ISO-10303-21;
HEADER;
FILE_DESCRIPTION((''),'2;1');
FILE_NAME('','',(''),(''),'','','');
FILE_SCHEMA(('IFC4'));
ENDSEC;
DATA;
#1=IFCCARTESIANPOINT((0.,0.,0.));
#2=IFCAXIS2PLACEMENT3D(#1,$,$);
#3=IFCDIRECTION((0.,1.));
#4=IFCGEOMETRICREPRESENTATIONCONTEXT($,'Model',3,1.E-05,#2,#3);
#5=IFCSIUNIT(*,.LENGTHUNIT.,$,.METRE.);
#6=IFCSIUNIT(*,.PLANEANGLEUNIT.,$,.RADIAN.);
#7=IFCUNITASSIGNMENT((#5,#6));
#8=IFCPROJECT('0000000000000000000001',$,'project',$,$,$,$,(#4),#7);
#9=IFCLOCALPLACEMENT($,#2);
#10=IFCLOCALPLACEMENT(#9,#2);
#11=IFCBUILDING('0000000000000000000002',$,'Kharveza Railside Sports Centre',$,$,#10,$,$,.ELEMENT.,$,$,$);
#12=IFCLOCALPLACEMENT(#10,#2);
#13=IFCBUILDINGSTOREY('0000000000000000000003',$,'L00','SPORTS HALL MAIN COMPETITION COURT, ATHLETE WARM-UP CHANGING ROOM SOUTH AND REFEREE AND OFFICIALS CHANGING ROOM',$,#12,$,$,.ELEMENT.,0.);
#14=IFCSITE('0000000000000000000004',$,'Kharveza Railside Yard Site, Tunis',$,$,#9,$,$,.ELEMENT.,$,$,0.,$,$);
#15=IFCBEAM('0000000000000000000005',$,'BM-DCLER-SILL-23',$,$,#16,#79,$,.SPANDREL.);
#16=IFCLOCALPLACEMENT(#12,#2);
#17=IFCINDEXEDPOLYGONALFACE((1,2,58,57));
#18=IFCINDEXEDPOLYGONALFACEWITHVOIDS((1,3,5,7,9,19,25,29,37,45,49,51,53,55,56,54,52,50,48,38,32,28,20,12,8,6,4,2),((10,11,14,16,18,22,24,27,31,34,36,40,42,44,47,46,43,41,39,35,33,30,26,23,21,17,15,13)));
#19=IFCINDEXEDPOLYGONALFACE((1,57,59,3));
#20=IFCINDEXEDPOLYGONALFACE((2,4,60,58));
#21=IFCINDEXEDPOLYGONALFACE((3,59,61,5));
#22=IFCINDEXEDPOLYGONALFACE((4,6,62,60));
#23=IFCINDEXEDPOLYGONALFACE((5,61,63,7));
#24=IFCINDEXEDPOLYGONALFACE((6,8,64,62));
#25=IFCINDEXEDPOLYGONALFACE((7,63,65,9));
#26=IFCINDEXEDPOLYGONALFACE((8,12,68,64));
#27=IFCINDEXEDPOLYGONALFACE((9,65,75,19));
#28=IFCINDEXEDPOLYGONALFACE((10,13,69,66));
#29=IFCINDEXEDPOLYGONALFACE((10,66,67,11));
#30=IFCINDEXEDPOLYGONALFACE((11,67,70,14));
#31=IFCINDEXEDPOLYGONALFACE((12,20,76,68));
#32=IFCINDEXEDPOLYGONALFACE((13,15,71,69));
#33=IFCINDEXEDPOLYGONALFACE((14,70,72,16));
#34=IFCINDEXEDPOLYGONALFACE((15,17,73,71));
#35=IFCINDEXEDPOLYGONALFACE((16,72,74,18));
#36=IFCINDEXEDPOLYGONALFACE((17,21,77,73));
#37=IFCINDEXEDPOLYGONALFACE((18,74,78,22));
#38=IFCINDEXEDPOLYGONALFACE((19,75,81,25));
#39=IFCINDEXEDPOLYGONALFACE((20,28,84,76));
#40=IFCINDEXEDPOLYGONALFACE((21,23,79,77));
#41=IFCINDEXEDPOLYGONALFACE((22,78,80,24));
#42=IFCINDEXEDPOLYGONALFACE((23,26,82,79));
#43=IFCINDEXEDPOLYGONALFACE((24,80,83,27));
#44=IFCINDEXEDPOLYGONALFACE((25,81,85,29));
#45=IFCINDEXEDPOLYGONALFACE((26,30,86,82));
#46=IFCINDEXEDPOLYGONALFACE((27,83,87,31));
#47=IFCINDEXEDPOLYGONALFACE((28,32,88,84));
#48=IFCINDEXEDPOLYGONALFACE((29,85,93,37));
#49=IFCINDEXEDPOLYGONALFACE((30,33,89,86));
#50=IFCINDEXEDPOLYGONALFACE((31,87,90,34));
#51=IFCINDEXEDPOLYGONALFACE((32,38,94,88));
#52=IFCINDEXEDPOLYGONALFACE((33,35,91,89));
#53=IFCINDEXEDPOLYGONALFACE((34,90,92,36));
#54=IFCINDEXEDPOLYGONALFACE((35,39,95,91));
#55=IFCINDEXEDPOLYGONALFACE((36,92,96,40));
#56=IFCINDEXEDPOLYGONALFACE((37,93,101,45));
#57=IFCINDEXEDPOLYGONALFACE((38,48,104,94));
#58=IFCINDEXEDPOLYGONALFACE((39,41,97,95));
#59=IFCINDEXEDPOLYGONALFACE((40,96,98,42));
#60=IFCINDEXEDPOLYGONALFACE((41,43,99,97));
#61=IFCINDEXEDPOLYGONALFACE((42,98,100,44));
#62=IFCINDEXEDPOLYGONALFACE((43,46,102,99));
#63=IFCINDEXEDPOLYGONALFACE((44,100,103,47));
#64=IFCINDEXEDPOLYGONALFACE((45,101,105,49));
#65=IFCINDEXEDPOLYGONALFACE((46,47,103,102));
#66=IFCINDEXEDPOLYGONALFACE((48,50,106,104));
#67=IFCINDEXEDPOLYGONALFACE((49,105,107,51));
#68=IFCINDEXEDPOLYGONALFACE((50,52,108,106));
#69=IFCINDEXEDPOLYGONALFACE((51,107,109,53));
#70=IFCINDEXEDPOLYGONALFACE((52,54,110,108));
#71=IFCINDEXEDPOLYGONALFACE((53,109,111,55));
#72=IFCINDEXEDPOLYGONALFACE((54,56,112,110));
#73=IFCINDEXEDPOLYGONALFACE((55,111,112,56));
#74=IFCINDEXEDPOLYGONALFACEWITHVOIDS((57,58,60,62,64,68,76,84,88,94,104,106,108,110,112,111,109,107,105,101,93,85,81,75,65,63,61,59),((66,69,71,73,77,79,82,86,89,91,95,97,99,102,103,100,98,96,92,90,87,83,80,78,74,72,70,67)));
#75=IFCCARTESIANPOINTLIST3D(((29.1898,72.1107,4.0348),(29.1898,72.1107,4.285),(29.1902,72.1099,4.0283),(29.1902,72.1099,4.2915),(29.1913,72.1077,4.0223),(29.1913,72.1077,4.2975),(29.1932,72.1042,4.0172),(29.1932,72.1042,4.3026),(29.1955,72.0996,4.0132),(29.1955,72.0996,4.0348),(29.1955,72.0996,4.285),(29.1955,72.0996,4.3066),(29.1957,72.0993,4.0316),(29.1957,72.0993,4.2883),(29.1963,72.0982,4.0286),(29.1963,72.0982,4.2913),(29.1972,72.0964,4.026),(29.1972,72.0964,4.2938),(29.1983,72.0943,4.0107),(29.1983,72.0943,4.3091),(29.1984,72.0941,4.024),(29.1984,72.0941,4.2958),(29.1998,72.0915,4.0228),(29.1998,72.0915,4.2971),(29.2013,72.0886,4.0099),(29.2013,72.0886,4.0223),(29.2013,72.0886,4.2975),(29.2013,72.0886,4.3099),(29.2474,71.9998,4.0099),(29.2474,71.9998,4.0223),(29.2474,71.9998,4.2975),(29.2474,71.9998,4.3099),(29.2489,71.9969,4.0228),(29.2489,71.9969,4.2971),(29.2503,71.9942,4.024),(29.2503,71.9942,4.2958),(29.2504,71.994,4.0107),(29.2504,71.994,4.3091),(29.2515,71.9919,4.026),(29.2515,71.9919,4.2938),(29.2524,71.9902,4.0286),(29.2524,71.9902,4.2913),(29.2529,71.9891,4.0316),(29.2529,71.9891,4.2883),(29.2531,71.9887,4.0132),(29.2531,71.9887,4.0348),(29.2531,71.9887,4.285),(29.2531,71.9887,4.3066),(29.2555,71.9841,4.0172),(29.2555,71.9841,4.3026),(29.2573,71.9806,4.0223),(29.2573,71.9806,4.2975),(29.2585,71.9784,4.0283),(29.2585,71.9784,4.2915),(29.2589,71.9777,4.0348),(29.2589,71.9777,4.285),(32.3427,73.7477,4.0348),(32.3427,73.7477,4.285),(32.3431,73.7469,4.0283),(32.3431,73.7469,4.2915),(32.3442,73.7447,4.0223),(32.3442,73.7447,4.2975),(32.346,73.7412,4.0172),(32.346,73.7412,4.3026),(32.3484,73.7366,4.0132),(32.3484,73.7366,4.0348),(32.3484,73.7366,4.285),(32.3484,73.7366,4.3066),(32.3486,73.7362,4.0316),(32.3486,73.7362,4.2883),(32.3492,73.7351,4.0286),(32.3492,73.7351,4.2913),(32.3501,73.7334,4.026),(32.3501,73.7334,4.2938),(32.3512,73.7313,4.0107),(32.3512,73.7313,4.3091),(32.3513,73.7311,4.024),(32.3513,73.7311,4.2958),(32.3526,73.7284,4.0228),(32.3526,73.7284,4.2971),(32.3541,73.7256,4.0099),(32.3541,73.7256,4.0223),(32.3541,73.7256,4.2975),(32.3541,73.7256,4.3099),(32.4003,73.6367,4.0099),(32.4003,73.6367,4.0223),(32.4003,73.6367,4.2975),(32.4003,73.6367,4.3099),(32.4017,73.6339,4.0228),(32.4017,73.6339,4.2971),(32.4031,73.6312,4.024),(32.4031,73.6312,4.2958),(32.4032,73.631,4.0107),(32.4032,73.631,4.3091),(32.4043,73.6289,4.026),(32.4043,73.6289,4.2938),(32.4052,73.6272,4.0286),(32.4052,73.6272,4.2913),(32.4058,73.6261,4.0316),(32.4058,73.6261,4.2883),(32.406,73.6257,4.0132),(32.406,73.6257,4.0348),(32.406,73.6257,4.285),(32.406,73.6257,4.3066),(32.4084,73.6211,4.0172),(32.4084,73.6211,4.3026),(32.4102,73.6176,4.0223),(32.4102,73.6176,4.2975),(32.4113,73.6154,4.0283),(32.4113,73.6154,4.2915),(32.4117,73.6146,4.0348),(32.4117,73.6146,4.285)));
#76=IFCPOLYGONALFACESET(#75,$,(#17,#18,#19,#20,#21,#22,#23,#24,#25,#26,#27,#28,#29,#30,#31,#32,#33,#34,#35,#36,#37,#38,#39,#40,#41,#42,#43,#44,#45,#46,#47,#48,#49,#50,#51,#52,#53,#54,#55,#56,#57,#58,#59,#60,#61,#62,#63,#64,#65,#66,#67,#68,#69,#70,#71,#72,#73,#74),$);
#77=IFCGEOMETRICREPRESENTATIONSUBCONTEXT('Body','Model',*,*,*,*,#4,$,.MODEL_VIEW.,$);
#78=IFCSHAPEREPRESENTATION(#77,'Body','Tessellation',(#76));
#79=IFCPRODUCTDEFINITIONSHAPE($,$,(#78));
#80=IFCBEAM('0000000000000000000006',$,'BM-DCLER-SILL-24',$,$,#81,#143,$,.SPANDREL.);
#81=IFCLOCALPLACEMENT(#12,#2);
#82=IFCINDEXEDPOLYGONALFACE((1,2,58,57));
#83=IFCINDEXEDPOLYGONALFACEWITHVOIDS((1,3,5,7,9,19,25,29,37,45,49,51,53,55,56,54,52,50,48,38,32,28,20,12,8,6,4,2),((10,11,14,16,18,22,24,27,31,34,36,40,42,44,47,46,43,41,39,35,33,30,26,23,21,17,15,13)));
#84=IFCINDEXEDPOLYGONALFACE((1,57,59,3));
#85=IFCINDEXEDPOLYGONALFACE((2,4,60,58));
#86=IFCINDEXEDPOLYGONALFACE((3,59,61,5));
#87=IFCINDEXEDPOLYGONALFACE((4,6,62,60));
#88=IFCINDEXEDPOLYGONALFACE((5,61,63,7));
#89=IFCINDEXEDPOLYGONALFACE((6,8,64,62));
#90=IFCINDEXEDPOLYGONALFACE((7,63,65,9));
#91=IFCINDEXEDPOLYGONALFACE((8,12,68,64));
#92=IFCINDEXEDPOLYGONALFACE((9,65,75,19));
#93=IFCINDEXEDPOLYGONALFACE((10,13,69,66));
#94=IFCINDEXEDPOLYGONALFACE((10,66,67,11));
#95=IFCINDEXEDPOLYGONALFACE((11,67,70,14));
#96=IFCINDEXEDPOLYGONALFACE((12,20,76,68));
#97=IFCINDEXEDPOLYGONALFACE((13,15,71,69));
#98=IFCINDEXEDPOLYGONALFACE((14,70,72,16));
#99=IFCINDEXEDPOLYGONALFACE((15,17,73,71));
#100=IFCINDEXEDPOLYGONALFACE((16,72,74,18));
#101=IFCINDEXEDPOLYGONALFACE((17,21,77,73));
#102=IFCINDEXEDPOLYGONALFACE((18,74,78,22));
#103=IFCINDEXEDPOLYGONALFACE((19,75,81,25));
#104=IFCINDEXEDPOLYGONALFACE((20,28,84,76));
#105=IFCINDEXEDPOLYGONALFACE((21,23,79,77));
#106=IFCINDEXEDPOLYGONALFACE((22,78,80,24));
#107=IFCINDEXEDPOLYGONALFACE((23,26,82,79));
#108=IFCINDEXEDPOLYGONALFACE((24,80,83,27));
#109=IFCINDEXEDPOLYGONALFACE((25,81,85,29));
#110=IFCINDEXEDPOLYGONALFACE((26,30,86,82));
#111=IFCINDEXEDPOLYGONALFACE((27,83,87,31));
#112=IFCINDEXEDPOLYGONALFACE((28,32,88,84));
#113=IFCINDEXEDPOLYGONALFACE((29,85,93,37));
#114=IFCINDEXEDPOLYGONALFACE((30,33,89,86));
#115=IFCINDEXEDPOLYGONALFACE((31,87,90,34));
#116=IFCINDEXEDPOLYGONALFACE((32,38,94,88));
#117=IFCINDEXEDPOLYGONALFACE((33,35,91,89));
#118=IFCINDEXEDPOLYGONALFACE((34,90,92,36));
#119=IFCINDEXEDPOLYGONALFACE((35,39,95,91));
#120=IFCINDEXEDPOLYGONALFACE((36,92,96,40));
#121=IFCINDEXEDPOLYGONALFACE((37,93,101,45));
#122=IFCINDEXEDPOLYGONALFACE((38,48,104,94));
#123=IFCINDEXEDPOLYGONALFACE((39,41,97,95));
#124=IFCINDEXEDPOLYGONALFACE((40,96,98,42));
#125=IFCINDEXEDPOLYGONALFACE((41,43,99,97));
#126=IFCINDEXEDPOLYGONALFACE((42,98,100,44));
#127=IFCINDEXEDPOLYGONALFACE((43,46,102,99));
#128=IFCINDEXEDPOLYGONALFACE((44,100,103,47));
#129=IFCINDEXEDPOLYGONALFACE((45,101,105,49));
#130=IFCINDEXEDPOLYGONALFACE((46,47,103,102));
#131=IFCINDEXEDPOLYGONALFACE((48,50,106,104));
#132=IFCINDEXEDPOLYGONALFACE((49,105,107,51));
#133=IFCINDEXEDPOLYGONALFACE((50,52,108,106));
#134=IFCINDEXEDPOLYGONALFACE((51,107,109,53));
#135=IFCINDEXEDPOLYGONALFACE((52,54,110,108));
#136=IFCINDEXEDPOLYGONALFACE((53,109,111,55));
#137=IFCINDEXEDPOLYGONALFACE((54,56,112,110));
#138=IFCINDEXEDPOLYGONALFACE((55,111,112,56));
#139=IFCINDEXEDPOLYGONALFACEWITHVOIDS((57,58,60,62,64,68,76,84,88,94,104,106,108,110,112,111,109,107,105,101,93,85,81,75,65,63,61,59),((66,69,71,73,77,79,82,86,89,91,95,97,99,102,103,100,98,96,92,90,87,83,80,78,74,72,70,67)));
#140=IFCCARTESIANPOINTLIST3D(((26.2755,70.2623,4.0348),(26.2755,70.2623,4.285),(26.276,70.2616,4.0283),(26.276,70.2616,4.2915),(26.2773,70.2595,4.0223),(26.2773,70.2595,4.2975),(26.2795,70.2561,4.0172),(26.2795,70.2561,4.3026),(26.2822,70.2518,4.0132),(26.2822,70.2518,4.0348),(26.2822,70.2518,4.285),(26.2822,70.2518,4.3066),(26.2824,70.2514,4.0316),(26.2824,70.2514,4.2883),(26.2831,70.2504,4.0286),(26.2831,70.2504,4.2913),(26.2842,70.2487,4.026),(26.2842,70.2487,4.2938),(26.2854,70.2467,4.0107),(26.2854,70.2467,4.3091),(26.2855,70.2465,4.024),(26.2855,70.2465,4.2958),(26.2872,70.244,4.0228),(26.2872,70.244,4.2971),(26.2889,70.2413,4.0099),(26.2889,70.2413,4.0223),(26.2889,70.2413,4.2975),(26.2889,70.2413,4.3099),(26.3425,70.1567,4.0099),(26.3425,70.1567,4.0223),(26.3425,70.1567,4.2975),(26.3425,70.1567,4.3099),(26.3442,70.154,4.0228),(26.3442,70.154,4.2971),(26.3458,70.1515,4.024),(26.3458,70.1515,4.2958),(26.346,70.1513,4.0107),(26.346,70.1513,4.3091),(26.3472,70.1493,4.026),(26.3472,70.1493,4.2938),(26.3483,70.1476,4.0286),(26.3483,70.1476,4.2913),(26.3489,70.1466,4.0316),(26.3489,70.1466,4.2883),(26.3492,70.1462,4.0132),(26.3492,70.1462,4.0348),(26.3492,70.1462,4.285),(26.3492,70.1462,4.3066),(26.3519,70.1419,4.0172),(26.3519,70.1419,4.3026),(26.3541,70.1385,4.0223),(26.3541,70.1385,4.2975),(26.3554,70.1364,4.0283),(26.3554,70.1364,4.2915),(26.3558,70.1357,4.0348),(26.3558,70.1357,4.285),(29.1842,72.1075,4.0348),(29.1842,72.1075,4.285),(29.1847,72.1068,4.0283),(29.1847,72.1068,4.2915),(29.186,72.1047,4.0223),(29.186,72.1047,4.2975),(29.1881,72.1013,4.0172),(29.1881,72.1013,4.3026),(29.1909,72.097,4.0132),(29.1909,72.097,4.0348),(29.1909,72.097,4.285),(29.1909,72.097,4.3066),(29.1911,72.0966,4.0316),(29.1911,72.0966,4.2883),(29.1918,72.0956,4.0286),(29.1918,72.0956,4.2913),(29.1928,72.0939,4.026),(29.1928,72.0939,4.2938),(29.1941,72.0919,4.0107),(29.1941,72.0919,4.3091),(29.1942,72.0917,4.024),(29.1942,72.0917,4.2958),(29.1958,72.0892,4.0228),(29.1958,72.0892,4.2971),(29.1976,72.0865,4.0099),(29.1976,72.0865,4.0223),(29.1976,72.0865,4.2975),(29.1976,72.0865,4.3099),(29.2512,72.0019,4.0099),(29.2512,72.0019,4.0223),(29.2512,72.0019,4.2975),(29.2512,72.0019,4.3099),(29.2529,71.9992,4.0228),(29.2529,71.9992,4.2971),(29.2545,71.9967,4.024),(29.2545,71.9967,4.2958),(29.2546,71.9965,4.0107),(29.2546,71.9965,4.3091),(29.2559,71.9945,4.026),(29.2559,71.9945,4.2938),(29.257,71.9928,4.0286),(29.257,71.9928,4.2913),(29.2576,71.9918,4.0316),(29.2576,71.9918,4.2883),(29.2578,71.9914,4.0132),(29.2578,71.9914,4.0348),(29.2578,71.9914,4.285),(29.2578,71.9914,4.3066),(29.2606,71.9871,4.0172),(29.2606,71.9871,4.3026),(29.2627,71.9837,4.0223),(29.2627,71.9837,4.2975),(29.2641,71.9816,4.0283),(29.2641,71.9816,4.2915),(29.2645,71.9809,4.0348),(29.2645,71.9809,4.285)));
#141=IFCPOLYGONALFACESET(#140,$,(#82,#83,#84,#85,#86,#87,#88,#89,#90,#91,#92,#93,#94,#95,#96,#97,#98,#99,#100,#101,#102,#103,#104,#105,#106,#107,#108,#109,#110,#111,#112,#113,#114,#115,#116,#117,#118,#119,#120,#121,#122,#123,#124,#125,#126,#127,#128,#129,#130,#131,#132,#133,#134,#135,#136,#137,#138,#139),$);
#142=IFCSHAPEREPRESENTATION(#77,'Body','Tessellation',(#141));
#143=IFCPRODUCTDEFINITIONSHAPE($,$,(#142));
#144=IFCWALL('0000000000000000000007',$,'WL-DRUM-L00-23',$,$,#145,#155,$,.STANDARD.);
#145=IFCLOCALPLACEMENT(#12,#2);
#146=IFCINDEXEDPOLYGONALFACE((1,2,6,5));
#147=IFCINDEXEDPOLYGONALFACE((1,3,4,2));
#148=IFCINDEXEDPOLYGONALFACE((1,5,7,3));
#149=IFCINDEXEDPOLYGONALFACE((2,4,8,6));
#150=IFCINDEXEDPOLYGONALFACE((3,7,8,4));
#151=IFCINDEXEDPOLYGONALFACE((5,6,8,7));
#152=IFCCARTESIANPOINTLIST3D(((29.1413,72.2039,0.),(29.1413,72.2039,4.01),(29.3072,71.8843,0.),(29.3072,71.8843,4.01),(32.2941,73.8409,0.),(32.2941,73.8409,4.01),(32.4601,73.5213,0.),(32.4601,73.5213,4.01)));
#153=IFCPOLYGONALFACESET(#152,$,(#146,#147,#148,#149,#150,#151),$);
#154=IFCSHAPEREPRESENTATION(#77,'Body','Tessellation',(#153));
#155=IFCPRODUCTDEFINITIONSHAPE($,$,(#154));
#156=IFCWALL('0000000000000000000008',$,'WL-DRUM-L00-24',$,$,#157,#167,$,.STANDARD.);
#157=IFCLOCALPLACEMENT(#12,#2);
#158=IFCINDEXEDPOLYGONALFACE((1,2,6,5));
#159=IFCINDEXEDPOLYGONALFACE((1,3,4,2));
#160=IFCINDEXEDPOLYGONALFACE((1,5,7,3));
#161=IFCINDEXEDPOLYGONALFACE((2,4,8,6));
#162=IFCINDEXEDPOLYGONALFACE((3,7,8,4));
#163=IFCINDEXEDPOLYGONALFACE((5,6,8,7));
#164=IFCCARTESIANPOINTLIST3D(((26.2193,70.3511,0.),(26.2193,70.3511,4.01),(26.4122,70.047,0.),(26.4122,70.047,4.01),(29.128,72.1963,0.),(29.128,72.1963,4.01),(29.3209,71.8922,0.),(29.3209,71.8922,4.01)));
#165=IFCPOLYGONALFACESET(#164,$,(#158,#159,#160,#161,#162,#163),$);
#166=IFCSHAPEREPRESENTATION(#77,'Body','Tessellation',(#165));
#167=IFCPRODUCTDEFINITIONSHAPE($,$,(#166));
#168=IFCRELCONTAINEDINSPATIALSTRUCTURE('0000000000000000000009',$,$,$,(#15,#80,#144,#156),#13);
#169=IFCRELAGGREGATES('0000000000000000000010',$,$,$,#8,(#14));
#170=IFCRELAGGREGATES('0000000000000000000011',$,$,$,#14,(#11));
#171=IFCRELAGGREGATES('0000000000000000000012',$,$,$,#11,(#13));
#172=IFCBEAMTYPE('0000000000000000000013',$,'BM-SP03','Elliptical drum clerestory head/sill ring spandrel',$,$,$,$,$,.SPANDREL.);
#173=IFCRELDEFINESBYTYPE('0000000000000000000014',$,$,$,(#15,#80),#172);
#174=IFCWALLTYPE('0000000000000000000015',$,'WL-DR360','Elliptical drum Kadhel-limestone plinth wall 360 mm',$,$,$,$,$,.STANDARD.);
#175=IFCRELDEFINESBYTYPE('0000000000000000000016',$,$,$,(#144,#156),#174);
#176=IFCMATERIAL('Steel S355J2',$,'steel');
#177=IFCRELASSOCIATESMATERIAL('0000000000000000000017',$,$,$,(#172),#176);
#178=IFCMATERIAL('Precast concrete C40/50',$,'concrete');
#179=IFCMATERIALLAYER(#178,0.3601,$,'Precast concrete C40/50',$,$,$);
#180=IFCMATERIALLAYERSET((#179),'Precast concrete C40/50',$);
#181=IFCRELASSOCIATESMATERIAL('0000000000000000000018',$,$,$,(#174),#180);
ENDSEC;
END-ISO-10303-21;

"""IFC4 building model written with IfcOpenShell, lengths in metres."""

from ifc_helpers import new_model, si_unit, direction, frame, frame_2d, origin, origin_2d, place, context, subcontext, project, spatial, rectangle, hollow_rectangle, extrude, material, layer, layer_set, material_profile, profile_set, type_object, element, save


model = new_model("IFC4")

# Units and contexts
model_context = context("Model", 3, precision=1e-05, world=origin(), true_north=direction((0.0, 1.0)))
body_context = subcontext(model_context, "Body", "Model", "MODEL_VIEW")
ifc_project = project(units=[si_unit("LENGTHUNIT", "METRE"), si_unit("PLANEANGLEUNIT", "RADIAN")], contexts=[model_context])

# Site, building, storey
site_placement = place(None, origin())
site = spatial("IfcSite", under=ifc_project, at=site_placement, Name="Kharveza Railside Yard Site, Tunis", CompositionType="ELEMENT", RefElevation=0.0)
building_placement = place(site_placement, origin())
building = spatial("IfcBuilding", under=site, at=building_placement, Name="Kharveza Railside Sports Centre", CompositionType="ELEMENT")
storey_placement = place(building_placement, origin())
storey = spatial("IfcBuildingStorey", under=building, at=storey_placement, Name="L00", Description="SPORTS HALL MAIN COMPETITION COURT, ATHLETE WARM-UP CHANGING ROOM SOUTH AND REFEREE AND OFFICIALS CHANGING ROOM", CompositionType="ELEMENT", Elevation=0.0)

# Shared definitions
ifc_material_1 = material(Name="Steel S355J2", Category="steel")

# Beams
ifc_material_2 = material(Name="Precast concrete C40/50", Category="concrete")
ifc_material_profile_1 = material_profile(ifc_material_1, hollow_rectangle(XDim=0.1499, YDim=0.3, WallThickness=0.0125, InnerFilletRadius=0.0125, OuterFilletRadius=0.0249, at=origin_2d()), Name="RHS 150x300x12.5")
ifc_profile_set_1 = profile_set([ifc_material_profile_1], Name="Steel S355J2")
beam_type_1 = type_object("IfcBeamType", Name="BM-SP03", Description="Elliptical drum clerestory head/sill ring spandrel", PredefinedType="SPANDREL", material=ifc_profile_set_1)
beam_1_placement = place(storey_placement, frame((32.3772, 73.6812, 4.1599), z_axis=(-0.887506, -0.460797, 0.0), x_axis=(0.460797, -0.887506, 0.0)))
element("IfcBeam", 1, at=beam_1_placement, inside=storey, type_object=beam_type_1, Name="BM-DCLER-SILL-23", PredefinedType="SPANDREL", context=body_context, shape_type="SweptSolid", body=[
    extrude(hollow_rectangle(XDim=0.1499, YDim=0.3, WallThickness=0.0125, InnerFilletRadius=0.0125, OuterFilletRadius=0.0249, at=origin_2d()), origin(), (0.0, 0.0, 1.0), 3.5525),
])
beam_2_placement = place(storey_placement, frame((29.2244, 72.0442, 4.1599), z_axis=(-0.844419, -0.535683, 0.0), x_axis=(0.535683, -0.844419, 0.0)))
element("IfcBeam", 2, at=beam_2_placement, inside=storey, type_object=beam_type_1, Name="BM-DCLER-SILL-24", PredefinedType="SPANDREL", context=body_context, shape_type="SweptSolid", body=[
    extrude(hollow_rectangle(XDim=0.1499, YDim=0.3, WallThickness=0.0125, InnerFilletRadius=0.0125, OuterFilletRadius=0.0249, at=origin_2d()), origin(), (0.0, 0.0, 1.0), 3.4446),
])

# Walls
ifc_layer_1 = layer(ifc_material_2, 0.3601, Name="Precast concrete C40/50")
ifc_layer_set_1 = layer_set([ifc_layer_1], Name="Precast concrete C40/50")
wall_type_1 = type_object("IfcWallType", Name="WL-DR360", Description="Elliptical drum Kadhel-limestone plinth wall 360 mm", PredefinedType="STANDARD", material=ifc_layer_set_1)
wall_1_placement = place(storey_placement, frame((32.3772, 73.6812, 0.0), z_axis=(0.0, 0.0, 1.0), x_axis=(-0.887506, -0.460797, 0.0)))
element("IfcWall", 3, at=wall_1_placement, inside=storey, type_object=wall_type_1, Name="WL-DRUM-L00-23", PredefinedType="STANDARD", context=body_context, shape_type="SweptSolid", body=[
    extrude(rectangle(XDim=3.5525, YDim=0.3601, at=frame_2d((1.7764, 0.0))), origin(), (0.0, 0.0, 1.0), 4.01),
])
wall_2_placement = place(storey_placement, frame((29.2244, 72.0442, 0.0), z_axis=(0.0, 0.0, 1.0), x_axis=(-0.844419, -0.535683, 0.0)))
element("IfcWall", 4, at=wall_2_placement, inside=storey, type_object=wall_type_1, Name="WL-DRUM-L00-24", PredefinedType="STANDARD", context=body_context, shape_type="SweptSolid", body=[
    extrude(rectangle(XDim=3.4446, YDim=0.3601, at=frame_2d((1.7222, 0.0))), origin(), (0.0, 0.0, 1.0), 4.01),
])

save(model, "model.ifc")
